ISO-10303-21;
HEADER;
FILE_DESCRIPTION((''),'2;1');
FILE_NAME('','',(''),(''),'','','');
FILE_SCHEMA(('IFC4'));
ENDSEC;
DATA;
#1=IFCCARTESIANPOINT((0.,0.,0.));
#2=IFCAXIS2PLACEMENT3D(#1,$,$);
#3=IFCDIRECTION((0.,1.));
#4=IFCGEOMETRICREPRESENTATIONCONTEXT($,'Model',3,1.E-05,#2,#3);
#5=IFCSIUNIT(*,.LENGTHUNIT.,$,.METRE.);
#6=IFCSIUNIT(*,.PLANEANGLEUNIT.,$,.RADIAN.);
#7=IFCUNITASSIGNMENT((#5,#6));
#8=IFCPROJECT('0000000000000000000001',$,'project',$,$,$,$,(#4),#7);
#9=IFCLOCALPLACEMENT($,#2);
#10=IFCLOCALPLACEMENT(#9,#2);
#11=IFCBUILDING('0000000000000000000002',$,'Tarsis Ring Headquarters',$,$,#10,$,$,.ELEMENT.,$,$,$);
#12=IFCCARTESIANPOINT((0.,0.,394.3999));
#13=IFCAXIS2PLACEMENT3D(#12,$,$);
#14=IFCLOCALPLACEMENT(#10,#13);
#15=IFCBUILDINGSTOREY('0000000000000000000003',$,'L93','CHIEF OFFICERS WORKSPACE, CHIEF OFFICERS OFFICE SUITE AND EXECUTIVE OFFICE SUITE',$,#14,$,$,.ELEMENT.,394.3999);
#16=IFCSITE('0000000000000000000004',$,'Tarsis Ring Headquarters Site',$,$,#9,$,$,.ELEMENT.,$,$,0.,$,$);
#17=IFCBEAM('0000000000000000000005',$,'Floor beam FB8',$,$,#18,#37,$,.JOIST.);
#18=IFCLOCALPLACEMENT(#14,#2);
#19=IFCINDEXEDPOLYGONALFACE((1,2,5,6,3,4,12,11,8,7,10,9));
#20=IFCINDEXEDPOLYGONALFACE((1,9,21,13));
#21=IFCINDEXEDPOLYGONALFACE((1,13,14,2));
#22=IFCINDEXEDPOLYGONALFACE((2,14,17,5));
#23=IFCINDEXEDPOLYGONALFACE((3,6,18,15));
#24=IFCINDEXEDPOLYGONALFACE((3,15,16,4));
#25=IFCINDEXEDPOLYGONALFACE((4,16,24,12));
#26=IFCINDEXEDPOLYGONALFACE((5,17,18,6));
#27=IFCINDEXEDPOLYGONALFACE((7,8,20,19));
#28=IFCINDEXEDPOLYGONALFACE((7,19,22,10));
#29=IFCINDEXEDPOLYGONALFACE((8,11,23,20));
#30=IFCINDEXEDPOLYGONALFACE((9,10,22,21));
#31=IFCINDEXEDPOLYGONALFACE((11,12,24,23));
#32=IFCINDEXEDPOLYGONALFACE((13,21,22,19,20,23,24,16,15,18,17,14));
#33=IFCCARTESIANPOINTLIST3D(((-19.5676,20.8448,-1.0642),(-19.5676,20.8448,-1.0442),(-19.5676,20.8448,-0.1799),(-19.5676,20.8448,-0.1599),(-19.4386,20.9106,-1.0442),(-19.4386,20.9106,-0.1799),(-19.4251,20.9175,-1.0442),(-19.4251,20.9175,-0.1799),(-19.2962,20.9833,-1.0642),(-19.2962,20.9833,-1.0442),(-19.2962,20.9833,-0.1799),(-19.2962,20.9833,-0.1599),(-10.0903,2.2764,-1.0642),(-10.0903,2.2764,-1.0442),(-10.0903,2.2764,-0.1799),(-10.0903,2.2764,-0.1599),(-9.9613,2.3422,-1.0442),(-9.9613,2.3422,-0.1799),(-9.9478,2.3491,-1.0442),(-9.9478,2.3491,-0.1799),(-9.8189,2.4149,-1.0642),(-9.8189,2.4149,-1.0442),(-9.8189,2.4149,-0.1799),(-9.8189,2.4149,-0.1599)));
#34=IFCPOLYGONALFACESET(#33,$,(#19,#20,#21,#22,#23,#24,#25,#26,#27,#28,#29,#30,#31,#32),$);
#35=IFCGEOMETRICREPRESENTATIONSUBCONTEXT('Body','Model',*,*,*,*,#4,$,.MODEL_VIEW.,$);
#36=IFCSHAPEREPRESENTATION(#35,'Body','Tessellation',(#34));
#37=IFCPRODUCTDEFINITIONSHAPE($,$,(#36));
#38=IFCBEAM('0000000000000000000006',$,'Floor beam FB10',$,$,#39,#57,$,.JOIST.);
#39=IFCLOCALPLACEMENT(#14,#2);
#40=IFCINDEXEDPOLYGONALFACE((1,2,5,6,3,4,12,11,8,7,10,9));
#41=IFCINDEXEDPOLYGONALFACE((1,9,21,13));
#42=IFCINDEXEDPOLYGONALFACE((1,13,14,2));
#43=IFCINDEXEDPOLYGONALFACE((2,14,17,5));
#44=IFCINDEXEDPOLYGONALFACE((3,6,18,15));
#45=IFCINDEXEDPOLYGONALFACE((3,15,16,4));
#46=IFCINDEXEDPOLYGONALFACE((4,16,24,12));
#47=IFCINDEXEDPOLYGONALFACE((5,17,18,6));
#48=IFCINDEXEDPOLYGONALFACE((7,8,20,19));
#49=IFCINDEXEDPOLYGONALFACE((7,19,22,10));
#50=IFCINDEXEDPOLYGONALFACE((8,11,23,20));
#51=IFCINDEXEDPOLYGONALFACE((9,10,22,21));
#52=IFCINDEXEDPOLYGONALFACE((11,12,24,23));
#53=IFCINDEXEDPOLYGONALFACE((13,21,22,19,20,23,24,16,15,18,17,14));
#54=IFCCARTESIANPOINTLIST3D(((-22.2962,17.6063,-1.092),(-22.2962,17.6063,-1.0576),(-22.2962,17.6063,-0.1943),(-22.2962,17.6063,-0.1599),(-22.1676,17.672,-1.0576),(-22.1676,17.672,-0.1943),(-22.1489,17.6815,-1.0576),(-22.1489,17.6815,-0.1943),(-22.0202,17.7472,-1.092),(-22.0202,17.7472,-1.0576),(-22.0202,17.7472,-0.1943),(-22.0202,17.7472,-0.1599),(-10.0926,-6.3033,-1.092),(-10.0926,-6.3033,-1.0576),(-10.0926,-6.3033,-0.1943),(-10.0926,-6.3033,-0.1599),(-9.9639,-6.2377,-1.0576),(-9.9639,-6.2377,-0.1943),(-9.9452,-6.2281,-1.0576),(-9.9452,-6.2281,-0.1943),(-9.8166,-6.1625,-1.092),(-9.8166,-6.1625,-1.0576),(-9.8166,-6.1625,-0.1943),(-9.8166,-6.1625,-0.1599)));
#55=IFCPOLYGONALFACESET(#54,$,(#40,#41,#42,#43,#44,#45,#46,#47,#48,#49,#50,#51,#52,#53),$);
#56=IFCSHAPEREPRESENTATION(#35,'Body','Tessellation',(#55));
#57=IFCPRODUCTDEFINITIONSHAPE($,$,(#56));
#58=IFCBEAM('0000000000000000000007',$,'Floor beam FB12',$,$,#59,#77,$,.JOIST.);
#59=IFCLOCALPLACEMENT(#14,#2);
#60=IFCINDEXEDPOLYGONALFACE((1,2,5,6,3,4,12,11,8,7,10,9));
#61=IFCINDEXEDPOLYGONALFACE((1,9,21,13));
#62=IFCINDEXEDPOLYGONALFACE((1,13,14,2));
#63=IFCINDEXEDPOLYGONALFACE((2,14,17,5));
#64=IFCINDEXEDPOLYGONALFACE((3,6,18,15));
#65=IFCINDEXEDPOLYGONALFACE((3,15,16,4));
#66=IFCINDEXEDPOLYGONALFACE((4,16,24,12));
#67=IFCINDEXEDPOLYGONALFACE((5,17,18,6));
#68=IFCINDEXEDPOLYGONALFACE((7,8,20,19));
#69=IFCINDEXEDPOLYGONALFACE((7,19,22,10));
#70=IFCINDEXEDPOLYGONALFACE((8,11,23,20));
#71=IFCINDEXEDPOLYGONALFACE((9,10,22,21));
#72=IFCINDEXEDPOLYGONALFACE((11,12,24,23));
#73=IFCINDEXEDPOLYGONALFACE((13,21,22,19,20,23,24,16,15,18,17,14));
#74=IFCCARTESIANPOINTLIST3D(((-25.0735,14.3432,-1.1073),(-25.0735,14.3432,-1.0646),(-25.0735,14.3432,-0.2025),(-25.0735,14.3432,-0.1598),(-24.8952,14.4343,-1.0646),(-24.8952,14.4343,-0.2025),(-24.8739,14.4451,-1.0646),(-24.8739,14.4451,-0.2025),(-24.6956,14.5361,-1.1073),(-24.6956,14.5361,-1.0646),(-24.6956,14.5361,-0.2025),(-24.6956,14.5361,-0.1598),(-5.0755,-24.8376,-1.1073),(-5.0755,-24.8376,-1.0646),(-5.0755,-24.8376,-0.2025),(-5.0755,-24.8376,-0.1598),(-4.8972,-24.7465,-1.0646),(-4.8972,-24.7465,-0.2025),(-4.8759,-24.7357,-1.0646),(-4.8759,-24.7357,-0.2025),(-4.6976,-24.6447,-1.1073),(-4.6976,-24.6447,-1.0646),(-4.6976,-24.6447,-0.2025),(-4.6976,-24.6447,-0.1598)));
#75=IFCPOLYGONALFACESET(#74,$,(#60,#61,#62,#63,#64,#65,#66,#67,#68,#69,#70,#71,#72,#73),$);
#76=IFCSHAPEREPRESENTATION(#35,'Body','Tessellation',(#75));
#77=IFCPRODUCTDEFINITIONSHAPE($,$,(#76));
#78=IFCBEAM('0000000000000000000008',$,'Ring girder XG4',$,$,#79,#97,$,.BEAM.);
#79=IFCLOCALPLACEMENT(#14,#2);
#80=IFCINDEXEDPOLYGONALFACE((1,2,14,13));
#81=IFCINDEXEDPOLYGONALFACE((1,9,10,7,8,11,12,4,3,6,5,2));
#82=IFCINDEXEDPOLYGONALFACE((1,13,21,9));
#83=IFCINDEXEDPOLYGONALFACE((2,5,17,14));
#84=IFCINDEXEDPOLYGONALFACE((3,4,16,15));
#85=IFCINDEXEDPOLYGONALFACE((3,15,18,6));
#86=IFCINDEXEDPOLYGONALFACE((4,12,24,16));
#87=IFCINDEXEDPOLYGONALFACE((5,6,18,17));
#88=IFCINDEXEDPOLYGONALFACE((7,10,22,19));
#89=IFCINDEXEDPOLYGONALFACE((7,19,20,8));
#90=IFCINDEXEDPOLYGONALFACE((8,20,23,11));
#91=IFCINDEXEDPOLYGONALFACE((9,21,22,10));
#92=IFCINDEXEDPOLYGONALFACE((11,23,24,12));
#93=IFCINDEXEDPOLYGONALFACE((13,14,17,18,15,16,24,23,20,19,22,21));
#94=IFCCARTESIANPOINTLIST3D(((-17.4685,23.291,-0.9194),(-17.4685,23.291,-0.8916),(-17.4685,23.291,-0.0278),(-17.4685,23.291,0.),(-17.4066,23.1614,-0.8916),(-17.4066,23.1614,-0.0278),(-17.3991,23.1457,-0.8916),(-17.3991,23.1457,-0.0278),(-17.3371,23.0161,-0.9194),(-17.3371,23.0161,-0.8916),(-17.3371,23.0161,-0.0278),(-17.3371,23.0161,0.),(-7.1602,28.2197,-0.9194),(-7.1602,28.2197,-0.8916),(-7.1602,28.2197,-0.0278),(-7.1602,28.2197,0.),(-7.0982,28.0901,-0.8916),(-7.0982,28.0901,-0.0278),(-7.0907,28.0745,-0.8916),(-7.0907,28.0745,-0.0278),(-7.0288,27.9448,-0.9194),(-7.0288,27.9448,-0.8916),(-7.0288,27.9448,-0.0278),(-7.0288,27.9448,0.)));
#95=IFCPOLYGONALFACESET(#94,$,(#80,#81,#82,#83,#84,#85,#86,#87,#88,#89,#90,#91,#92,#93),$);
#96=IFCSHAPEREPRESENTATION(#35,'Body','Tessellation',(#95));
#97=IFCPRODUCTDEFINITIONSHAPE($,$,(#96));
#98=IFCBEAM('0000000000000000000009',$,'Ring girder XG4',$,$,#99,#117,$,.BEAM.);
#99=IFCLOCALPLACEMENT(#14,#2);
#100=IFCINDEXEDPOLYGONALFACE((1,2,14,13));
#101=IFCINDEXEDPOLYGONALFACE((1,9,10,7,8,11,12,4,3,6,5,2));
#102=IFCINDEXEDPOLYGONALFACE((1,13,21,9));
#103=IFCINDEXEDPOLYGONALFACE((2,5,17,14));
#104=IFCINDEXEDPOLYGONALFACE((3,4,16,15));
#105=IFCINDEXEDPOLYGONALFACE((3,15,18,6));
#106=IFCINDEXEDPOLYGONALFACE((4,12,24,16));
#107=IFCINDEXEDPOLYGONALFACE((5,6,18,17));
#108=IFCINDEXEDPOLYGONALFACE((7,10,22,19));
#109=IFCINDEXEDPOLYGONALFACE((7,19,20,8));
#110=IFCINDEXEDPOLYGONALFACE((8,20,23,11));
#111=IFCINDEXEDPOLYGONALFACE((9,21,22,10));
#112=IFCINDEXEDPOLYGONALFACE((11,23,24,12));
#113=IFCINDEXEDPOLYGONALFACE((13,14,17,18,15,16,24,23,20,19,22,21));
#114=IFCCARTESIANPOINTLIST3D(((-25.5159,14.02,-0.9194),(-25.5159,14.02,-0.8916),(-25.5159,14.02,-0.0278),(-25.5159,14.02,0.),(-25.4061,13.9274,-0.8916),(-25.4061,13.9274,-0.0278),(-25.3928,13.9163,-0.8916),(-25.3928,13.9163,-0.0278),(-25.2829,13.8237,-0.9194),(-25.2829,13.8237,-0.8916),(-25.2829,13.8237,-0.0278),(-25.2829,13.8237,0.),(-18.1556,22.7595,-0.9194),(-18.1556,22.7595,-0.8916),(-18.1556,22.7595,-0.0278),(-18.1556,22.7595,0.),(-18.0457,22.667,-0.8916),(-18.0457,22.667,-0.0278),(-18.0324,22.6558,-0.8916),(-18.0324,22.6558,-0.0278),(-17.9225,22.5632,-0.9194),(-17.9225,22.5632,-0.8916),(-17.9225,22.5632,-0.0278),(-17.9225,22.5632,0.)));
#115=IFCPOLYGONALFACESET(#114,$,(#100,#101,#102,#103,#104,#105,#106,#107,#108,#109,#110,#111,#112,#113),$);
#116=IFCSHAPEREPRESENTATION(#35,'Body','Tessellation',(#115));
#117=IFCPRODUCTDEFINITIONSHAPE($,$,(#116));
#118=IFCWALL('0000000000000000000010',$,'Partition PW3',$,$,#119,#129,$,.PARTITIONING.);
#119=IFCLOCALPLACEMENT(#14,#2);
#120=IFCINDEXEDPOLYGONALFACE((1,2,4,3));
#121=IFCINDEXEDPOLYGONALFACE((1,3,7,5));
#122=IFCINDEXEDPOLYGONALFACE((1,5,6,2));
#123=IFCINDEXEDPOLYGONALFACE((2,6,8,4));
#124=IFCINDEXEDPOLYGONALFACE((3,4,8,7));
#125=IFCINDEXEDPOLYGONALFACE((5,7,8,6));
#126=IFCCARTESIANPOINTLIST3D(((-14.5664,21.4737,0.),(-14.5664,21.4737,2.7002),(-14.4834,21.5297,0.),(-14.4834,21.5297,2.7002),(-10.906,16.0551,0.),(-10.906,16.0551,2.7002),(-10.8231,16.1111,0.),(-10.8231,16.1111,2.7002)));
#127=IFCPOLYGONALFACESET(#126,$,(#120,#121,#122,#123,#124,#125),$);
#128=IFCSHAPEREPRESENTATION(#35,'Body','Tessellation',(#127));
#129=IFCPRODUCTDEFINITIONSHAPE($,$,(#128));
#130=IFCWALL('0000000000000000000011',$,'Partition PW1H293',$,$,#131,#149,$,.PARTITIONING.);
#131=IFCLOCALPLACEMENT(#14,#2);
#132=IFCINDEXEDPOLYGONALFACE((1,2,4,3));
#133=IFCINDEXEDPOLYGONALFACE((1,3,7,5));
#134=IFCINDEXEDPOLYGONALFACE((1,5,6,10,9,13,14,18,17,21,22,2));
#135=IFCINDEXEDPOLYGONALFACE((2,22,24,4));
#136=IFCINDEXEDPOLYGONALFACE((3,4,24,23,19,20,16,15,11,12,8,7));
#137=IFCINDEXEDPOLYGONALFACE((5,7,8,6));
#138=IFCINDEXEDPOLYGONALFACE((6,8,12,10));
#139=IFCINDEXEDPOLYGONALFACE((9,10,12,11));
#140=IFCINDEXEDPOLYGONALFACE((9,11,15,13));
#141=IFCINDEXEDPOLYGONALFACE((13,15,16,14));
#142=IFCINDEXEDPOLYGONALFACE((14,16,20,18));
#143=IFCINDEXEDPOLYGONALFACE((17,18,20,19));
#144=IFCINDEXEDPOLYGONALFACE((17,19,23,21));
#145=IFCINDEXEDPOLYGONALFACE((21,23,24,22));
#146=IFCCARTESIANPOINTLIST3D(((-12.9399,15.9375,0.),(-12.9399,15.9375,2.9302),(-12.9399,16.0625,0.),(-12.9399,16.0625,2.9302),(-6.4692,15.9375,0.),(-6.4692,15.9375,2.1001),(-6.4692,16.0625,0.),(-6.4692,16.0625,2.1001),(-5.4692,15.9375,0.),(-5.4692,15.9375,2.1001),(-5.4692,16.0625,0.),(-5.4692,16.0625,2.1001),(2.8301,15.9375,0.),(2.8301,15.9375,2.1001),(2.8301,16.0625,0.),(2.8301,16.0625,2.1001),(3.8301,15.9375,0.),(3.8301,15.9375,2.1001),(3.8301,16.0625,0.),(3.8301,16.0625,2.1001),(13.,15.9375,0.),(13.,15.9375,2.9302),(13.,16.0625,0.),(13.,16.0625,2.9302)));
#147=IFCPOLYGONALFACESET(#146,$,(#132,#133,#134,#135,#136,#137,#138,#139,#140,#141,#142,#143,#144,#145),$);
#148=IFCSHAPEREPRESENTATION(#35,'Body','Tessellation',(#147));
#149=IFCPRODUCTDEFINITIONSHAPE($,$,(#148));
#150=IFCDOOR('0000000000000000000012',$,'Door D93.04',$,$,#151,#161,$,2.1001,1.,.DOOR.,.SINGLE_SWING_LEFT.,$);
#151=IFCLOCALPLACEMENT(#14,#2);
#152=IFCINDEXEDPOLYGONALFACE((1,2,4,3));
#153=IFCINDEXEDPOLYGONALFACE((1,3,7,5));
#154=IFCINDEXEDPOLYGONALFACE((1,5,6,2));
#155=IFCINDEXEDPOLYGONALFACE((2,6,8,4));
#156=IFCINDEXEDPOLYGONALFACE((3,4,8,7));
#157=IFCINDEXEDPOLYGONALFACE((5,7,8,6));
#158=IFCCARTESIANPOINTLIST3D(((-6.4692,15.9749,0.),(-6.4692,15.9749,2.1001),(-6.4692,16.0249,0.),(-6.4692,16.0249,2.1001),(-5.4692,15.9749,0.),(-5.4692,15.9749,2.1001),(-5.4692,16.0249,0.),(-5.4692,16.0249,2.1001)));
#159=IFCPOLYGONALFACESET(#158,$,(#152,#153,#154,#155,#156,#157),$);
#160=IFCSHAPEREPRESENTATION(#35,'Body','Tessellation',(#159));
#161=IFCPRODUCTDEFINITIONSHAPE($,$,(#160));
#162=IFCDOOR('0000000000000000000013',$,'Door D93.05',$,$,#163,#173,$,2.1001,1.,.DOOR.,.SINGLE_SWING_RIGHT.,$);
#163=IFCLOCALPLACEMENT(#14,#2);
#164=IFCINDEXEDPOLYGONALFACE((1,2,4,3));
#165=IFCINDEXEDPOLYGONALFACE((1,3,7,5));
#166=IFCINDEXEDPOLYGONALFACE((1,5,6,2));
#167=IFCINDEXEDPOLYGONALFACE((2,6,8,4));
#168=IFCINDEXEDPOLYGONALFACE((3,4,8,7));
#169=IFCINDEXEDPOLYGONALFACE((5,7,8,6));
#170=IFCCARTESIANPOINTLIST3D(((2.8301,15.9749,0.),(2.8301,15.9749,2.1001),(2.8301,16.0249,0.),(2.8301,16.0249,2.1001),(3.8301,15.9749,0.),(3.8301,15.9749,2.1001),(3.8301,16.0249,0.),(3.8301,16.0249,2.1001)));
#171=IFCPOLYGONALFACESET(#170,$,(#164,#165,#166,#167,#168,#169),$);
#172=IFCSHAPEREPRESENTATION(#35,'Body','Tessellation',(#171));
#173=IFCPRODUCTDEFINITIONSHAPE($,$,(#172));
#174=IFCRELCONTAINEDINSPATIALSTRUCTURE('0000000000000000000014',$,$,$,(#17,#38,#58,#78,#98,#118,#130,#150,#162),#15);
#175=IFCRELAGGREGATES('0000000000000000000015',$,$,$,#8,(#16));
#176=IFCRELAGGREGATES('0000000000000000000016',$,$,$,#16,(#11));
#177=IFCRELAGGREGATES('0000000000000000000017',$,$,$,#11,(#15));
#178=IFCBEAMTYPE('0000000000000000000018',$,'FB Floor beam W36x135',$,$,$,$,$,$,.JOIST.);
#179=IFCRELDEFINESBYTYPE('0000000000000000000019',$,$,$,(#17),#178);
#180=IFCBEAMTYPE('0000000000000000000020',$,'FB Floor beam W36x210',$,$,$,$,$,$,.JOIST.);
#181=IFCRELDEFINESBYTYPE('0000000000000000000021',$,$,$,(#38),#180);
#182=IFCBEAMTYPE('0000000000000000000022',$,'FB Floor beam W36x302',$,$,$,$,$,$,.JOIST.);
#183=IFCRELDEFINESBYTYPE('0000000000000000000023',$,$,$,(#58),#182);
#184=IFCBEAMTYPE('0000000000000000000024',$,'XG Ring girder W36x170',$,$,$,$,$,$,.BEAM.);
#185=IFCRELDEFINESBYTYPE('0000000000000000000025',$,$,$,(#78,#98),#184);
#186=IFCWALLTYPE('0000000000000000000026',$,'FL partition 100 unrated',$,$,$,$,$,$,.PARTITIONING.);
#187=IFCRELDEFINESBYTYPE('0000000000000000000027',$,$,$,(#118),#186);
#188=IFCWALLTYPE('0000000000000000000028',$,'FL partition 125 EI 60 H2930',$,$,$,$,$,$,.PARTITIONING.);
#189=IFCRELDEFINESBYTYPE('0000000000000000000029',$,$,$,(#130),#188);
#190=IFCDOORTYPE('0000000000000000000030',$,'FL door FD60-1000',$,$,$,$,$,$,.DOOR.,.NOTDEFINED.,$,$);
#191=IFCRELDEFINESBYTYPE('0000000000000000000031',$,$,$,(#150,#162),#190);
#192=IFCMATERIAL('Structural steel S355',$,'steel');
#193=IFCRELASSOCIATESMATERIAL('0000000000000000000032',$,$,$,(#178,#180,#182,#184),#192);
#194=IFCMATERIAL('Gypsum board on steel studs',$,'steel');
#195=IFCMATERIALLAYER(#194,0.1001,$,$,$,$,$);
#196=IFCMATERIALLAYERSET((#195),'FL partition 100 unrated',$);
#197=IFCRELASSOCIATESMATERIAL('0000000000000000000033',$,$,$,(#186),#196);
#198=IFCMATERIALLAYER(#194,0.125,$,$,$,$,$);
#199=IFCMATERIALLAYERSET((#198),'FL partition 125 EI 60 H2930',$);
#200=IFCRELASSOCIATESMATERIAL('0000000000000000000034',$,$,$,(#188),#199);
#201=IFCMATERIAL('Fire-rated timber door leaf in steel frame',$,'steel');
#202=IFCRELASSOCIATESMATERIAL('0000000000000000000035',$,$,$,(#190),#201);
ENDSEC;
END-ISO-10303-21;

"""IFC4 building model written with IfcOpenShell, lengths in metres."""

from ifc_helpers import new_model, si_unit, direction, frame, frame_2d, origin, origin_2d, place, context, subcontext, project, spatial, rectangle, i_section, extrude, material, layer, layer_set, material_profile, profile_set, type_object, element, fill, save


model = new_model("IFC4")

# Units and contexts
model_context = context("Model", 3, precision=1e-05, world=origin(), true_north=direction((0.0, 1.0)))
body_context = subcontext(model_context, "Body", "Model", "MODEL_VIEW")
ifc_project = project(units=[si_unit("LENGTHUNIT", "METRE"), si_unit("PLANEANGLEUNIT", "RADIAN")], contexts=[model_context])

# Site, building, storey
site_placement = place(None, origin())
site = spatial("IfcSite", under=ifc_project, at=site_placement, Name="Tarsis Ring Headquarters Site", CompositionType="ELEMENT", RefElevation=0.0)
building_placement = place(site_placement, origin())
building = spatial("IfcBuilding", under=site, at=building_placement, Name="Tarsis Ring Headquarters", CompositionType="ELEMENT")
storey_placement = place(building_placement, frame((0.0, 0.0, 394.3999)))
storey = spatial("IfcBuildingStorey", under=building, at=storey_placement, Name="L93", Description="CHIEF OFFICERS WORKSPACE, CHIEF OFFICERS OFFICE SUITE AND EXECUTIVE OFFICE SUITE", CompositionType="ELEMENT", Elevation=394.3999)

# Shared definitions
ifc_material_1 = material(Name="Structural steel S355", Category="steel")

# Beams
ifc_material_profile_1 = material_profile(ifc_material_1, i_section(OverallWidth=0.3047, OverallDepth=0.9043, WebThickness=0.0151, FlangeThickness=0.02, at=origin_2d()), Name="W36x135")
ifc_profile_set_1 = profile_set([ifc_material_profile_1], Name="Structural steel S355")
beam_type_1 = type_object("IfcBeamType", Name="FB Floor beam W36x135", PredefinedType="JOIST", material=ifc_profile_set_1)
beam_1_placement = place(storey_placement, frame((-19.4319, 20.9141, -0.6121), z_axis=(0.454609, -0.890691, 0.0), x_axis=(0.890691, 0.454609, 0.0)))
element("IfcBeam", 1, at=beam_1_placement, inside=storey, type_object=beam_type_1, Name="Floor beam FB8", PredefinedType="JOIST", context=body_context, shape_type="SweptSolid", body=[
    extrude(i_section(OverallWidth=0.3047, OverallDepth=0.9043, WebThickness=0.0151, FlangeThickness=0.02, at=origin_2d()), origin(), (0.0, 0.0, 1.0), 20.8472),
])
ifc_material_profile_2 = material_profile(ifc_material_1, i_section(OverallWidth=0.3098, OverallDepth=0.9321, WebThickness=0.021, FlangeThickness=0.0344, at=origin_2d()), Name="W36x210")
ifc_profile_set_2 = profile_set([ifc_material_profile_2], Name="Structural steel S355")
beam_type_2 = type_object("IfcBeamType", Name="FB Floor beam W36x210", PredefinedType="JOIST", material=ifc_profile_set_2)
beam_2_placement = place(storey_placement, frame((-22.1582, 17.6768, -0.626), z_axis=(0.454612, -0.890689, 0.0), x_axis=(0.890689, 0.454612, 0.0)))
element("IfcBeam", 2, at=beam_2_placement, inside=storey, type_object=beam_type_2, Name="Floor beam FB10", PredefinedType="JOIST", context=body_context, shape_type="SweptSolid", body=[
    extrude(i_section(OverallWidth=0.3098, OverallDepth=0.9321, WebThickness=0.021, FlangeThickness=0.0344, at=origin_2d()), origin(), (0.0, 0.0, 1.0), 26.844),
])
ifc_material_profile_3 = material_profile(ifc_material_1, i_section(OverallWidth=0.4243, OverallDepth=0.9475, WebThickness=0.0239, FlangeThickness=0.0427, at=origin_2d()), Name="W36x302")
ifc_profile_set_3 = profile_set([ifc_material_profile_3], Name="Structural steel S355")
beam_type_3 = type_object("IfcBeamType", Name="FB Floor beam W36x302", PredefinedType="JOIST", material=ifc_profile_set_3)
beam_3_placement = place(storey_placement, frame((-24.8845, 14.4397, -0.6335), z_axis=(0.454611, -0.89069, 0.0), x_axis=(0.89069, 0.454611, 0.0)))
element("IfcBeam", 3, at=beam_3_placement, inside=storey, type_object=beam_type_3, Name="Floor beam FB12", PredefinedType="JOIST", context=body_context, shape_type="SweptSolid", body=[
    extrude(i_section(OverallWidth=0.4243, OverallDepth=0.9475, WebThickness=0.0239, FlangeThickness=0.0427, at=origin_2d()), origin(), (0.0, 0.0, 1.0), 43.9893),
])
ifc_material_profile_4 = material_profile(ifc_material_1, i_section(OverallWidth=0.3047, OverallDepth=0.9194, WebThickness=0.0173, FlangeThickness=0.0278, at=origin_2d()), Name="W36x170")
ifc_profile_set_4 = profile_set([ifc_material_profile_4], Name="Structural steel S355")
beam_type_4 = type_object("IfcBeamType", Name="XG Ring girder W36x170", PredefinedType="BEAM", material=ifc_profile_set_4)
for number, where, z_axis, x_axis, name in (
    (4, (-7.0945, 28.0823, -0.4597), (-0.902181, -0.431358, 0.0), (0.431358, -0.902181, 0.0), "Ring girder XG4"),
    (5, (-18.0391, 22.6614, -0.4597), (-0.644175, -0.764878, 0.0), (0.764878, -0.644175, 0.0), "Ring girder XG4"),
):
    element("IfcBeam", number, at=place(storey_placement, frame(where, z_axis=z_axis, x_axis=x_axis)), inside=storey, type_object=beam_type_4, Name=name, PredefinedType="BEAM", context=body_context, shape_type="SweptSolid", body=[
        extrude(i_section(OverallWidth=0.3047, OverallDepth=0.9194, WebThickness=0.0173, FlangeThickness=0.0278, at=origin_2d()), origin(), (0.0, 0.0, 1.0), 11.426),
    ])

# Wall
ifc_material_2 = material(Name="Gypsum board on steel studs", Category="steel")
ifc_layer_1 = layer(ifc_material_2, 0.1001)
ifc_layer_set_1 = layer_set([ifc_layer_1], Name="FL partition 100 unrated")
wall_type_1 = type_object("IfcWallType", Name="FL partition 100 unrated", PredefinedType="PARTITIONING", material=ifc_layer_set_1)
wall_1_placement = place(storey_placement, frame((-14.5249, 21.5017, 0.0), z_axis=(0.0, 0.0, 1.0), x_axis=(0.559765, -0.828652, 0.0)))
element("IfcWall", 6, at=wall_1_placement, inside=storey, type_object=wall_type_1, Name="Partition PW3", PredefinedType="PARTITIONING", context=body_context, shape_type="SweptSolid", body=[
    extrude(rectangle(XDim=6.5391, YDim=0.1001, at=frame_2d((3.2695, 0.0))), origin(), (0.0, 0.0, 1.0), 2.7002),
])

# Wall, openings, doors
ifc_layer_2 = layer(ifc_material_2, 0.125)
ifc_layer_set_2 = layer_set([ifc_layer_2], Name="FL partition 125 EI 60 H2930")
wall_type_2 = type_object("IfcWallType", Name="FL partition 125 EI 60 H2930", PredefinedType="PARTITIONING", material=ifc_layer_set_2)
wall_2_placement = place(storey_placement, frame((-12.9399, 16.0, 0.0), z_axis=(0.0, 0.0, 1.0), x_axis=(1.0, 0.0, 0.0)))
wall_2 = element("IfcWall", 7, at=wall_2_placement, inside=storey, type_object=wall_type_2, Name="Partition PW1H293", PredefinedType="PARTITIONING", context=body_context, shape_type="SweptSolid", body=[
    extrude(rectangle(XDim=25.9399, YDim=0.125, at=frame_2d((12.97, 0.0))), origin(), (0.0, 0.0, 1.0), 2.9302),
])
opening_1_placement = place(wall_2_placement, frame((6.4707, 0.0, 0.0)))
opening_1 = element("IfcOpeningElement", 8, at=opening_1_placement, cuts=wall_2, PredefinedType="OPENING", context=body_context, shape_type="SweptSolid", body=[
    extrude(rectangle(XDim=1.0, YDim=2.1001, at=frame_2d((0.5, 1.05))), frame((0.0, 0.0725, 0.0), z_axis=(0.0, -1.0, 0.0), x_axis=(1.0, 0.0, 0.0)), (0.0, 0.0, 1.0), 0.145),
])
opening_2_placement = place(wall_2_placement, frame((15.77, 0.0, 0.0)))
opening_2 = element("IfcOpeningElement", 9, at=opening_2_placement, cuts=wall_2, PredefinedType="OPENING", context=body_context, shape_type="SweptSolid", body=[
    extrude(rectangle(XDim=1.0, YDim=2.1001, at=frame_2d((0.5, 1.05))), frame((0.0, 0.0725, 0.0), z_axis=(0.0, -1.0, 0.0), x_axis=(1.0, 0.0, 0.0)), (0.0, 0.0, 1.0), 0.145),
])
ifc_material_3 = material(Name="Fire-rated timber door leaf in steel frame", Category="steel")
door_type = type_object("IfcDoorType", Name="FL door FD60-1000", OperationType="NOTDEFINED", PredefinedType="DOOR", material=ifc_material_3)
door_1_placement = place(opening_1_placement, origin())
door_1 = element("IfcDoor", 10, at=door_1_placement, inside=storey, type_object=door_type, Name="Door D93.04", OperationType="SINGLE_SWING_LEFT", OverallHeight=2.1001, OverallWidth=1.0, PredefinedType="DOOR", context=body_context, shape_type="SweptSolid", body=[
    extrude(rectangle(XDim=1.0, YDim=2.1001, at=frame_2d((0.5, 1.05))), frame((0.0, 0.0249, 0.0), z_axis=(0.0, -1.0, 0.0), x_axis=(1.0, 0.0, 0.0)), (0.0, 0.0, 1.0), 0.05),
])
fill(opening_1, door_1)
door_2_placement = place(opening_2_placement, origin())
door_2 = element("IfcDoor", 11, at=door_2_placement, inside=storey, type_object=door_type, Name="Door D93.05", OperationType="SINGLE_SWING_RIGHT", OverallHeight=2.1001, OverallWidth=1.0, PredefinedType="DOOR", context=body_context, shape_type="SweptSolid", body=[
    extrude(rectangle(XDim=1.0, YDim=2.1001, at=frame_2d((0.5, 1.05))), frame((0.0, 0.0249, 0.0), z_axis=(0.0, -1.0, 0.0), x_axis=(1.0, 0.0, 0.0)), (0.0, 0.0, 1.0), 0.05),
])
fill(opening_2, door_2)

save(model, "model.ifc")
